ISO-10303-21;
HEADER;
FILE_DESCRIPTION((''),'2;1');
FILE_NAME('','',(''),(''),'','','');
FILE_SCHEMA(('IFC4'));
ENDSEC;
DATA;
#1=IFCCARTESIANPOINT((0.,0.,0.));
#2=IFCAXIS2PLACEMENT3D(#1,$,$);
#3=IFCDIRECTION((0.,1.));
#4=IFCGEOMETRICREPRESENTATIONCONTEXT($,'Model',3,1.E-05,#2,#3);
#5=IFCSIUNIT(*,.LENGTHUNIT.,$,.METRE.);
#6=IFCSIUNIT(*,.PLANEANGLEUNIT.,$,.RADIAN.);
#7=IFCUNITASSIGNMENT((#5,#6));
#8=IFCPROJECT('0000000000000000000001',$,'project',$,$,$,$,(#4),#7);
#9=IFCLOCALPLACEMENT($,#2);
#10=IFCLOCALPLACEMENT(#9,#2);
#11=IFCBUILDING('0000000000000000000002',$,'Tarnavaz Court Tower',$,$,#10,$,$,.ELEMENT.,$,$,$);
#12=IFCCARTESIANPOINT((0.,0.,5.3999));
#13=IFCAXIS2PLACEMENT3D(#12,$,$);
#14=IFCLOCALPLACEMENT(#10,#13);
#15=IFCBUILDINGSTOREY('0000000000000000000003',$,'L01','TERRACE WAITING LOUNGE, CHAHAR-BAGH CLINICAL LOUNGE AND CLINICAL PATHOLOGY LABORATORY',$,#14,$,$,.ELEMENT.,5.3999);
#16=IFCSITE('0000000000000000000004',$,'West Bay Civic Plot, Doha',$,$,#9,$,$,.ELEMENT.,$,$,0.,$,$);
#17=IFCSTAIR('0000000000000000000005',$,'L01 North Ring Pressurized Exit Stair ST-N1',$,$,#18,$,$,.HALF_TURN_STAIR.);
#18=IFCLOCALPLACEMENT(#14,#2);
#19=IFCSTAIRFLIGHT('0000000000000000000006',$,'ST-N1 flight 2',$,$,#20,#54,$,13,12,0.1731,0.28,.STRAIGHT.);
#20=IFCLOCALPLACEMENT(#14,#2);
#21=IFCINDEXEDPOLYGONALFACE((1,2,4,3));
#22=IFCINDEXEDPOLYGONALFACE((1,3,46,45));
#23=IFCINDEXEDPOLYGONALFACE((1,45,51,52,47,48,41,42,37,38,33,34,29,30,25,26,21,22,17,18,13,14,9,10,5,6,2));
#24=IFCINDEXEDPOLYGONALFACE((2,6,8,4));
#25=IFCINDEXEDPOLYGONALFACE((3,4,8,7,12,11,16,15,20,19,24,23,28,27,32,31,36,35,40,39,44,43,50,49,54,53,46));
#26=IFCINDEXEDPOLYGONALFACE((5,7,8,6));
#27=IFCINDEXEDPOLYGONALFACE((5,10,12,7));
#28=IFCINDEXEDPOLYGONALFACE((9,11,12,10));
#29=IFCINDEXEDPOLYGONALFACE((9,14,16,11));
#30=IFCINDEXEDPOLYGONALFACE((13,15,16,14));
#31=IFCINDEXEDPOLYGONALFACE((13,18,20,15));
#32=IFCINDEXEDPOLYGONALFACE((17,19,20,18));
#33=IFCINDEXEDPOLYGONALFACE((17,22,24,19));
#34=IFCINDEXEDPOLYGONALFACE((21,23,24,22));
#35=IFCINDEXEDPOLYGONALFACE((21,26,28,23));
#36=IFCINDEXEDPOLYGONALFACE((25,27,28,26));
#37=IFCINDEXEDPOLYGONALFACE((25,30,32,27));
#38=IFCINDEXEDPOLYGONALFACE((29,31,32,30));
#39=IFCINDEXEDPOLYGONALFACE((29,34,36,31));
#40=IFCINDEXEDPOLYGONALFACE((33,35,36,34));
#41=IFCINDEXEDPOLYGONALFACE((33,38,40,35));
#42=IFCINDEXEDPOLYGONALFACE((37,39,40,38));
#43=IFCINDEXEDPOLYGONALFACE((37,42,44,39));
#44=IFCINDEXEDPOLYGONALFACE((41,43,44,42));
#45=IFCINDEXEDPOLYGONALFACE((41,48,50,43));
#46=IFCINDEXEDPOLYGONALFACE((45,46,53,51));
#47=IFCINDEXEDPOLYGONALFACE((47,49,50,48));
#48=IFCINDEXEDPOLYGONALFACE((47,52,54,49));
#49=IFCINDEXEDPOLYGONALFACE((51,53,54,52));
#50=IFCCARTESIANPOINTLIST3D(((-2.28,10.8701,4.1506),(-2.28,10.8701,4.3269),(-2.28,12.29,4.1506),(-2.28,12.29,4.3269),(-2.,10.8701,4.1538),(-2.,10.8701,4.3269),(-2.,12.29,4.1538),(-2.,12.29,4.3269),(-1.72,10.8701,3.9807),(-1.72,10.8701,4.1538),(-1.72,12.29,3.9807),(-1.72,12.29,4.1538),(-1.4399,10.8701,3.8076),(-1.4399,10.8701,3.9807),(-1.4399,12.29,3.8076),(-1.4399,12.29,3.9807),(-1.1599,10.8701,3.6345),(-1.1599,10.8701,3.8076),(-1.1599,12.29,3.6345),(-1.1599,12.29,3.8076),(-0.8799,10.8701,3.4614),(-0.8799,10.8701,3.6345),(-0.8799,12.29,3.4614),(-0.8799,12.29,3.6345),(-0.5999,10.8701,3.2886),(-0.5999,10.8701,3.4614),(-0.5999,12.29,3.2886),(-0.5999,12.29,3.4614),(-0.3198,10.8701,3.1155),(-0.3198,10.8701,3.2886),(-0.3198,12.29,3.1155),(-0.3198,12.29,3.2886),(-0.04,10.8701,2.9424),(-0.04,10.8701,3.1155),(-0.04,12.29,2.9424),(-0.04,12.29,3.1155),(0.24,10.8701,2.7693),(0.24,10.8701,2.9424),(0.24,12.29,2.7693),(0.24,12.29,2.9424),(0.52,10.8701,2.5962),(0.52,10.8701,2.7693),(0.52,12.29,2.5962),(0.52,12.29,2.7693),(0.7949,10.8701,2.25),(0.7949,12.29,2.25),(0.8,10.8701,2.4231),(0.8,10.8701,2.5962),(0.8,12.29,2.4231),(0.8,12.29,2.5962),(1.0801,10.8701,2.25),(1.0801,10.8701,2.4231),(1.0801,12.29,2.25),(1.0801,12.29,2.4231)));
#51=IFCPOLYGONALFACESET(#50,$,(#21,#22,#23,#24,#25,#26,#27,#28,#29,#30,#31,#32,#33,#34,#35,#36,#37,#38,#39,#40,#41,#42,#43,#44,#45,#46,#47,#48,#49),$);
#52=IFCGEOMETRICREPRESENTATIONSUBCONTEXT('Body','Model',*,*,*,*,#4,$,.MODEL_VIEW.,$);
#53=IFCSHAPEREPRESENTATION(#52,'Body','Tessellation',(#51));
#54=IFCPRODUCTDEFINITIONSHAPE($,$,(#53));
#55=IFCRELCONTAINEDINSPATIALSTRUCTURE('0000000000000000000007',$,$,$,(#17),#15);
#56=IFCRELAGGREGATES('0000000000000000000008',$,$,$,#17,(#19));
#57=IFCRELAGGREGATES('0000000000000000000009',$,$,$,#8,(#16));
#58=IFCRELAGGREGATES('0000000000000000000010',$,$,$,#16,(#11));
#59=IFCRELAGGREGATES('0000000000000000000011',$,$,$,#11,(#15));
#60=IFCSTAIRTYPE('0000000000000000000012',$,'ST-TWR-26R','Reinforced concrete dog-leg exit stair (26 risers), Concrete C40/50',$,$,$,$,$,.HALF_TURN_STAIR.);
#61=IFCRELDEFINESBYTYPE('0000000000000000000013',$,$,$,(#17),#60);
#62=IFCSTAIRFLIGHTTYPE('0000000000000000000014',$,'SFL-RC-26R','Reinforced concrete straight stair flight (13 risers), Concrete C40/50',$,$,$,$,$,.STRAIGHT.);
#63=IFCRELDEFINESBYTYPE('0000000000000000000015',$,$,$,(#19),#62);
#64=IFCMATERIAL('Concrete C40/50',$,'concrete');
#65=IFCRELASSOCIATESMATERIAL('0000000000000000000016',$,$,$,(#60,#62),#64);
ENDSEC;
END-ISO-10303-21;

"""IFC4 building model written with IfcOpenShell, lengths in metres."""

from ifc_helpers import new_model, si_unit, direction, frame, origin, place, context, subcontext, project, spatial, polyline, outline, extrude, material, type_object, element, aggregate, save


model = new_model("IFC4")

# Units and contexts
model_context = context("Model", 3, precision=1e-05, world=origin(), true_north=direction((0.0, 1.0)))
body_context = subcontext(model_context, "Body", "Model", "MODEL_VIEW")
ifc_project = project(units=[si_unit("LENGTHUNIT", "METRE"), si_unit("PLANEANGLEUNIT", "RADIAN")], contexts=[model_context])

# Site, building, storey
site_placement = place(None, origin())
site = spatial("IfcSite", under=ifc_project, at=site_placement, Name="West Bay Civic Plot, Doha", CompositionType="ELEMENT", RefElevation=0.0)
building_placement = place(site_placement, origin())
building = spatial("IfcBuilding", under=site, at=building_placement, Name="Tarnavaz Court Tower", CompositionType="ELEMENT")
storey_placement = place(building_placement, frame((0.0, 0.0, 5.3999)))
storey = spatial("IfcBuildingStorey", under=building, at=storey_placement, Name="L01", Description="TERRACE WAITING LOUNGE, CHAHAR-BAGH CLINICAL LOUNGE AND CLINICAL PATHOLOGY LABORATORY", CompositionType="ELEMENT", Elevation=5.3999)

# Stair, stair flight
ifc_material_1 = material(Name="Concrete C40/50", Category="concrete")
stair_type = type_object("IfcStairType", Name="ST-TWR-26R", Description="Reinforced concrete dog-leg exit stair (26 risers), Concrete C40/50", PredefinedType="HALF_TURN_STAIR", material=ifc_material_1)
stair_placement = place(storey_placement, origin())
stair = element("IfcStair", 1, at=stair_placement, inside=storey, type_object=stair_type, Name="L01 North Ring Pressurized Exit Stair ST-N1", PredefinedType="HALF_TURN_STAIR")
stair_flight_type = type_object("IfcStairFlightType", Name="SFL-RC-26R", Description="Reinforced concrete straight stair flight (13 risers), Concrete C40/50", PredefinedType="STRAIGHT", material=ifc_material_1)
stair_flight_placement = place(storey_placement, frame((1.0801, 11.5801, 2.25), z_axis=(0.0, 0.0, 1.0), x_axis=(-1.0, 0.0, 0.0)))
stair_flight = element("IfcStairFlight", 2, at=stair_flight_placement, type_object=stair_flight_type, Name="ST-N1 flight 2", NumberOfRisers=13, NumberOfTreads=12, PredefinedType="STRAIGHT", RiserHeight=0.1731, TreadLength=0.28, context=body_context, shape_type="SweptSolid", body=[
    extrude(outline(polyline([(0.0, 0.0), (0.0, 0.1731), (0.28, 0.1731), (0.28, 0.3462), (0.5601, 0.3462), (0.5601, 0.5193), (0.8401, 0.5193), (0.8401, 0.6924), (1.1201, 0.6924), (1.1201, 0.8655), (1.3999, 0.8655), (1.3999, 1.0386), (1.6799, 1.0386), (1.6799, 1.2114), (1.96, 1.2114), (1.96, 1.3845), (2.24, 1.3845), (2.24, 1.5576), (2.52, 1.5576), (2.52, 1.7307), (2.8, 1.7307), (2.8, 1.9038), (3.0801, 1.9038), (3.0801, 2.0769), (3.3601, 2.0769), (3.3601, 2.25), (3.3601, 1.9006), (0.2852, 0.0), (0.0, 0.0)])), frame((0.0, 0.71, 0.0), z_axis=(0.0, -1.0, 0.0), x_axis=(1.0, 0.0, 0.0)), (0.0, 0.0, 1.0), 1.4199),
])
aggregate(stair, [stair_flight])

save(model, "model.ifc")
